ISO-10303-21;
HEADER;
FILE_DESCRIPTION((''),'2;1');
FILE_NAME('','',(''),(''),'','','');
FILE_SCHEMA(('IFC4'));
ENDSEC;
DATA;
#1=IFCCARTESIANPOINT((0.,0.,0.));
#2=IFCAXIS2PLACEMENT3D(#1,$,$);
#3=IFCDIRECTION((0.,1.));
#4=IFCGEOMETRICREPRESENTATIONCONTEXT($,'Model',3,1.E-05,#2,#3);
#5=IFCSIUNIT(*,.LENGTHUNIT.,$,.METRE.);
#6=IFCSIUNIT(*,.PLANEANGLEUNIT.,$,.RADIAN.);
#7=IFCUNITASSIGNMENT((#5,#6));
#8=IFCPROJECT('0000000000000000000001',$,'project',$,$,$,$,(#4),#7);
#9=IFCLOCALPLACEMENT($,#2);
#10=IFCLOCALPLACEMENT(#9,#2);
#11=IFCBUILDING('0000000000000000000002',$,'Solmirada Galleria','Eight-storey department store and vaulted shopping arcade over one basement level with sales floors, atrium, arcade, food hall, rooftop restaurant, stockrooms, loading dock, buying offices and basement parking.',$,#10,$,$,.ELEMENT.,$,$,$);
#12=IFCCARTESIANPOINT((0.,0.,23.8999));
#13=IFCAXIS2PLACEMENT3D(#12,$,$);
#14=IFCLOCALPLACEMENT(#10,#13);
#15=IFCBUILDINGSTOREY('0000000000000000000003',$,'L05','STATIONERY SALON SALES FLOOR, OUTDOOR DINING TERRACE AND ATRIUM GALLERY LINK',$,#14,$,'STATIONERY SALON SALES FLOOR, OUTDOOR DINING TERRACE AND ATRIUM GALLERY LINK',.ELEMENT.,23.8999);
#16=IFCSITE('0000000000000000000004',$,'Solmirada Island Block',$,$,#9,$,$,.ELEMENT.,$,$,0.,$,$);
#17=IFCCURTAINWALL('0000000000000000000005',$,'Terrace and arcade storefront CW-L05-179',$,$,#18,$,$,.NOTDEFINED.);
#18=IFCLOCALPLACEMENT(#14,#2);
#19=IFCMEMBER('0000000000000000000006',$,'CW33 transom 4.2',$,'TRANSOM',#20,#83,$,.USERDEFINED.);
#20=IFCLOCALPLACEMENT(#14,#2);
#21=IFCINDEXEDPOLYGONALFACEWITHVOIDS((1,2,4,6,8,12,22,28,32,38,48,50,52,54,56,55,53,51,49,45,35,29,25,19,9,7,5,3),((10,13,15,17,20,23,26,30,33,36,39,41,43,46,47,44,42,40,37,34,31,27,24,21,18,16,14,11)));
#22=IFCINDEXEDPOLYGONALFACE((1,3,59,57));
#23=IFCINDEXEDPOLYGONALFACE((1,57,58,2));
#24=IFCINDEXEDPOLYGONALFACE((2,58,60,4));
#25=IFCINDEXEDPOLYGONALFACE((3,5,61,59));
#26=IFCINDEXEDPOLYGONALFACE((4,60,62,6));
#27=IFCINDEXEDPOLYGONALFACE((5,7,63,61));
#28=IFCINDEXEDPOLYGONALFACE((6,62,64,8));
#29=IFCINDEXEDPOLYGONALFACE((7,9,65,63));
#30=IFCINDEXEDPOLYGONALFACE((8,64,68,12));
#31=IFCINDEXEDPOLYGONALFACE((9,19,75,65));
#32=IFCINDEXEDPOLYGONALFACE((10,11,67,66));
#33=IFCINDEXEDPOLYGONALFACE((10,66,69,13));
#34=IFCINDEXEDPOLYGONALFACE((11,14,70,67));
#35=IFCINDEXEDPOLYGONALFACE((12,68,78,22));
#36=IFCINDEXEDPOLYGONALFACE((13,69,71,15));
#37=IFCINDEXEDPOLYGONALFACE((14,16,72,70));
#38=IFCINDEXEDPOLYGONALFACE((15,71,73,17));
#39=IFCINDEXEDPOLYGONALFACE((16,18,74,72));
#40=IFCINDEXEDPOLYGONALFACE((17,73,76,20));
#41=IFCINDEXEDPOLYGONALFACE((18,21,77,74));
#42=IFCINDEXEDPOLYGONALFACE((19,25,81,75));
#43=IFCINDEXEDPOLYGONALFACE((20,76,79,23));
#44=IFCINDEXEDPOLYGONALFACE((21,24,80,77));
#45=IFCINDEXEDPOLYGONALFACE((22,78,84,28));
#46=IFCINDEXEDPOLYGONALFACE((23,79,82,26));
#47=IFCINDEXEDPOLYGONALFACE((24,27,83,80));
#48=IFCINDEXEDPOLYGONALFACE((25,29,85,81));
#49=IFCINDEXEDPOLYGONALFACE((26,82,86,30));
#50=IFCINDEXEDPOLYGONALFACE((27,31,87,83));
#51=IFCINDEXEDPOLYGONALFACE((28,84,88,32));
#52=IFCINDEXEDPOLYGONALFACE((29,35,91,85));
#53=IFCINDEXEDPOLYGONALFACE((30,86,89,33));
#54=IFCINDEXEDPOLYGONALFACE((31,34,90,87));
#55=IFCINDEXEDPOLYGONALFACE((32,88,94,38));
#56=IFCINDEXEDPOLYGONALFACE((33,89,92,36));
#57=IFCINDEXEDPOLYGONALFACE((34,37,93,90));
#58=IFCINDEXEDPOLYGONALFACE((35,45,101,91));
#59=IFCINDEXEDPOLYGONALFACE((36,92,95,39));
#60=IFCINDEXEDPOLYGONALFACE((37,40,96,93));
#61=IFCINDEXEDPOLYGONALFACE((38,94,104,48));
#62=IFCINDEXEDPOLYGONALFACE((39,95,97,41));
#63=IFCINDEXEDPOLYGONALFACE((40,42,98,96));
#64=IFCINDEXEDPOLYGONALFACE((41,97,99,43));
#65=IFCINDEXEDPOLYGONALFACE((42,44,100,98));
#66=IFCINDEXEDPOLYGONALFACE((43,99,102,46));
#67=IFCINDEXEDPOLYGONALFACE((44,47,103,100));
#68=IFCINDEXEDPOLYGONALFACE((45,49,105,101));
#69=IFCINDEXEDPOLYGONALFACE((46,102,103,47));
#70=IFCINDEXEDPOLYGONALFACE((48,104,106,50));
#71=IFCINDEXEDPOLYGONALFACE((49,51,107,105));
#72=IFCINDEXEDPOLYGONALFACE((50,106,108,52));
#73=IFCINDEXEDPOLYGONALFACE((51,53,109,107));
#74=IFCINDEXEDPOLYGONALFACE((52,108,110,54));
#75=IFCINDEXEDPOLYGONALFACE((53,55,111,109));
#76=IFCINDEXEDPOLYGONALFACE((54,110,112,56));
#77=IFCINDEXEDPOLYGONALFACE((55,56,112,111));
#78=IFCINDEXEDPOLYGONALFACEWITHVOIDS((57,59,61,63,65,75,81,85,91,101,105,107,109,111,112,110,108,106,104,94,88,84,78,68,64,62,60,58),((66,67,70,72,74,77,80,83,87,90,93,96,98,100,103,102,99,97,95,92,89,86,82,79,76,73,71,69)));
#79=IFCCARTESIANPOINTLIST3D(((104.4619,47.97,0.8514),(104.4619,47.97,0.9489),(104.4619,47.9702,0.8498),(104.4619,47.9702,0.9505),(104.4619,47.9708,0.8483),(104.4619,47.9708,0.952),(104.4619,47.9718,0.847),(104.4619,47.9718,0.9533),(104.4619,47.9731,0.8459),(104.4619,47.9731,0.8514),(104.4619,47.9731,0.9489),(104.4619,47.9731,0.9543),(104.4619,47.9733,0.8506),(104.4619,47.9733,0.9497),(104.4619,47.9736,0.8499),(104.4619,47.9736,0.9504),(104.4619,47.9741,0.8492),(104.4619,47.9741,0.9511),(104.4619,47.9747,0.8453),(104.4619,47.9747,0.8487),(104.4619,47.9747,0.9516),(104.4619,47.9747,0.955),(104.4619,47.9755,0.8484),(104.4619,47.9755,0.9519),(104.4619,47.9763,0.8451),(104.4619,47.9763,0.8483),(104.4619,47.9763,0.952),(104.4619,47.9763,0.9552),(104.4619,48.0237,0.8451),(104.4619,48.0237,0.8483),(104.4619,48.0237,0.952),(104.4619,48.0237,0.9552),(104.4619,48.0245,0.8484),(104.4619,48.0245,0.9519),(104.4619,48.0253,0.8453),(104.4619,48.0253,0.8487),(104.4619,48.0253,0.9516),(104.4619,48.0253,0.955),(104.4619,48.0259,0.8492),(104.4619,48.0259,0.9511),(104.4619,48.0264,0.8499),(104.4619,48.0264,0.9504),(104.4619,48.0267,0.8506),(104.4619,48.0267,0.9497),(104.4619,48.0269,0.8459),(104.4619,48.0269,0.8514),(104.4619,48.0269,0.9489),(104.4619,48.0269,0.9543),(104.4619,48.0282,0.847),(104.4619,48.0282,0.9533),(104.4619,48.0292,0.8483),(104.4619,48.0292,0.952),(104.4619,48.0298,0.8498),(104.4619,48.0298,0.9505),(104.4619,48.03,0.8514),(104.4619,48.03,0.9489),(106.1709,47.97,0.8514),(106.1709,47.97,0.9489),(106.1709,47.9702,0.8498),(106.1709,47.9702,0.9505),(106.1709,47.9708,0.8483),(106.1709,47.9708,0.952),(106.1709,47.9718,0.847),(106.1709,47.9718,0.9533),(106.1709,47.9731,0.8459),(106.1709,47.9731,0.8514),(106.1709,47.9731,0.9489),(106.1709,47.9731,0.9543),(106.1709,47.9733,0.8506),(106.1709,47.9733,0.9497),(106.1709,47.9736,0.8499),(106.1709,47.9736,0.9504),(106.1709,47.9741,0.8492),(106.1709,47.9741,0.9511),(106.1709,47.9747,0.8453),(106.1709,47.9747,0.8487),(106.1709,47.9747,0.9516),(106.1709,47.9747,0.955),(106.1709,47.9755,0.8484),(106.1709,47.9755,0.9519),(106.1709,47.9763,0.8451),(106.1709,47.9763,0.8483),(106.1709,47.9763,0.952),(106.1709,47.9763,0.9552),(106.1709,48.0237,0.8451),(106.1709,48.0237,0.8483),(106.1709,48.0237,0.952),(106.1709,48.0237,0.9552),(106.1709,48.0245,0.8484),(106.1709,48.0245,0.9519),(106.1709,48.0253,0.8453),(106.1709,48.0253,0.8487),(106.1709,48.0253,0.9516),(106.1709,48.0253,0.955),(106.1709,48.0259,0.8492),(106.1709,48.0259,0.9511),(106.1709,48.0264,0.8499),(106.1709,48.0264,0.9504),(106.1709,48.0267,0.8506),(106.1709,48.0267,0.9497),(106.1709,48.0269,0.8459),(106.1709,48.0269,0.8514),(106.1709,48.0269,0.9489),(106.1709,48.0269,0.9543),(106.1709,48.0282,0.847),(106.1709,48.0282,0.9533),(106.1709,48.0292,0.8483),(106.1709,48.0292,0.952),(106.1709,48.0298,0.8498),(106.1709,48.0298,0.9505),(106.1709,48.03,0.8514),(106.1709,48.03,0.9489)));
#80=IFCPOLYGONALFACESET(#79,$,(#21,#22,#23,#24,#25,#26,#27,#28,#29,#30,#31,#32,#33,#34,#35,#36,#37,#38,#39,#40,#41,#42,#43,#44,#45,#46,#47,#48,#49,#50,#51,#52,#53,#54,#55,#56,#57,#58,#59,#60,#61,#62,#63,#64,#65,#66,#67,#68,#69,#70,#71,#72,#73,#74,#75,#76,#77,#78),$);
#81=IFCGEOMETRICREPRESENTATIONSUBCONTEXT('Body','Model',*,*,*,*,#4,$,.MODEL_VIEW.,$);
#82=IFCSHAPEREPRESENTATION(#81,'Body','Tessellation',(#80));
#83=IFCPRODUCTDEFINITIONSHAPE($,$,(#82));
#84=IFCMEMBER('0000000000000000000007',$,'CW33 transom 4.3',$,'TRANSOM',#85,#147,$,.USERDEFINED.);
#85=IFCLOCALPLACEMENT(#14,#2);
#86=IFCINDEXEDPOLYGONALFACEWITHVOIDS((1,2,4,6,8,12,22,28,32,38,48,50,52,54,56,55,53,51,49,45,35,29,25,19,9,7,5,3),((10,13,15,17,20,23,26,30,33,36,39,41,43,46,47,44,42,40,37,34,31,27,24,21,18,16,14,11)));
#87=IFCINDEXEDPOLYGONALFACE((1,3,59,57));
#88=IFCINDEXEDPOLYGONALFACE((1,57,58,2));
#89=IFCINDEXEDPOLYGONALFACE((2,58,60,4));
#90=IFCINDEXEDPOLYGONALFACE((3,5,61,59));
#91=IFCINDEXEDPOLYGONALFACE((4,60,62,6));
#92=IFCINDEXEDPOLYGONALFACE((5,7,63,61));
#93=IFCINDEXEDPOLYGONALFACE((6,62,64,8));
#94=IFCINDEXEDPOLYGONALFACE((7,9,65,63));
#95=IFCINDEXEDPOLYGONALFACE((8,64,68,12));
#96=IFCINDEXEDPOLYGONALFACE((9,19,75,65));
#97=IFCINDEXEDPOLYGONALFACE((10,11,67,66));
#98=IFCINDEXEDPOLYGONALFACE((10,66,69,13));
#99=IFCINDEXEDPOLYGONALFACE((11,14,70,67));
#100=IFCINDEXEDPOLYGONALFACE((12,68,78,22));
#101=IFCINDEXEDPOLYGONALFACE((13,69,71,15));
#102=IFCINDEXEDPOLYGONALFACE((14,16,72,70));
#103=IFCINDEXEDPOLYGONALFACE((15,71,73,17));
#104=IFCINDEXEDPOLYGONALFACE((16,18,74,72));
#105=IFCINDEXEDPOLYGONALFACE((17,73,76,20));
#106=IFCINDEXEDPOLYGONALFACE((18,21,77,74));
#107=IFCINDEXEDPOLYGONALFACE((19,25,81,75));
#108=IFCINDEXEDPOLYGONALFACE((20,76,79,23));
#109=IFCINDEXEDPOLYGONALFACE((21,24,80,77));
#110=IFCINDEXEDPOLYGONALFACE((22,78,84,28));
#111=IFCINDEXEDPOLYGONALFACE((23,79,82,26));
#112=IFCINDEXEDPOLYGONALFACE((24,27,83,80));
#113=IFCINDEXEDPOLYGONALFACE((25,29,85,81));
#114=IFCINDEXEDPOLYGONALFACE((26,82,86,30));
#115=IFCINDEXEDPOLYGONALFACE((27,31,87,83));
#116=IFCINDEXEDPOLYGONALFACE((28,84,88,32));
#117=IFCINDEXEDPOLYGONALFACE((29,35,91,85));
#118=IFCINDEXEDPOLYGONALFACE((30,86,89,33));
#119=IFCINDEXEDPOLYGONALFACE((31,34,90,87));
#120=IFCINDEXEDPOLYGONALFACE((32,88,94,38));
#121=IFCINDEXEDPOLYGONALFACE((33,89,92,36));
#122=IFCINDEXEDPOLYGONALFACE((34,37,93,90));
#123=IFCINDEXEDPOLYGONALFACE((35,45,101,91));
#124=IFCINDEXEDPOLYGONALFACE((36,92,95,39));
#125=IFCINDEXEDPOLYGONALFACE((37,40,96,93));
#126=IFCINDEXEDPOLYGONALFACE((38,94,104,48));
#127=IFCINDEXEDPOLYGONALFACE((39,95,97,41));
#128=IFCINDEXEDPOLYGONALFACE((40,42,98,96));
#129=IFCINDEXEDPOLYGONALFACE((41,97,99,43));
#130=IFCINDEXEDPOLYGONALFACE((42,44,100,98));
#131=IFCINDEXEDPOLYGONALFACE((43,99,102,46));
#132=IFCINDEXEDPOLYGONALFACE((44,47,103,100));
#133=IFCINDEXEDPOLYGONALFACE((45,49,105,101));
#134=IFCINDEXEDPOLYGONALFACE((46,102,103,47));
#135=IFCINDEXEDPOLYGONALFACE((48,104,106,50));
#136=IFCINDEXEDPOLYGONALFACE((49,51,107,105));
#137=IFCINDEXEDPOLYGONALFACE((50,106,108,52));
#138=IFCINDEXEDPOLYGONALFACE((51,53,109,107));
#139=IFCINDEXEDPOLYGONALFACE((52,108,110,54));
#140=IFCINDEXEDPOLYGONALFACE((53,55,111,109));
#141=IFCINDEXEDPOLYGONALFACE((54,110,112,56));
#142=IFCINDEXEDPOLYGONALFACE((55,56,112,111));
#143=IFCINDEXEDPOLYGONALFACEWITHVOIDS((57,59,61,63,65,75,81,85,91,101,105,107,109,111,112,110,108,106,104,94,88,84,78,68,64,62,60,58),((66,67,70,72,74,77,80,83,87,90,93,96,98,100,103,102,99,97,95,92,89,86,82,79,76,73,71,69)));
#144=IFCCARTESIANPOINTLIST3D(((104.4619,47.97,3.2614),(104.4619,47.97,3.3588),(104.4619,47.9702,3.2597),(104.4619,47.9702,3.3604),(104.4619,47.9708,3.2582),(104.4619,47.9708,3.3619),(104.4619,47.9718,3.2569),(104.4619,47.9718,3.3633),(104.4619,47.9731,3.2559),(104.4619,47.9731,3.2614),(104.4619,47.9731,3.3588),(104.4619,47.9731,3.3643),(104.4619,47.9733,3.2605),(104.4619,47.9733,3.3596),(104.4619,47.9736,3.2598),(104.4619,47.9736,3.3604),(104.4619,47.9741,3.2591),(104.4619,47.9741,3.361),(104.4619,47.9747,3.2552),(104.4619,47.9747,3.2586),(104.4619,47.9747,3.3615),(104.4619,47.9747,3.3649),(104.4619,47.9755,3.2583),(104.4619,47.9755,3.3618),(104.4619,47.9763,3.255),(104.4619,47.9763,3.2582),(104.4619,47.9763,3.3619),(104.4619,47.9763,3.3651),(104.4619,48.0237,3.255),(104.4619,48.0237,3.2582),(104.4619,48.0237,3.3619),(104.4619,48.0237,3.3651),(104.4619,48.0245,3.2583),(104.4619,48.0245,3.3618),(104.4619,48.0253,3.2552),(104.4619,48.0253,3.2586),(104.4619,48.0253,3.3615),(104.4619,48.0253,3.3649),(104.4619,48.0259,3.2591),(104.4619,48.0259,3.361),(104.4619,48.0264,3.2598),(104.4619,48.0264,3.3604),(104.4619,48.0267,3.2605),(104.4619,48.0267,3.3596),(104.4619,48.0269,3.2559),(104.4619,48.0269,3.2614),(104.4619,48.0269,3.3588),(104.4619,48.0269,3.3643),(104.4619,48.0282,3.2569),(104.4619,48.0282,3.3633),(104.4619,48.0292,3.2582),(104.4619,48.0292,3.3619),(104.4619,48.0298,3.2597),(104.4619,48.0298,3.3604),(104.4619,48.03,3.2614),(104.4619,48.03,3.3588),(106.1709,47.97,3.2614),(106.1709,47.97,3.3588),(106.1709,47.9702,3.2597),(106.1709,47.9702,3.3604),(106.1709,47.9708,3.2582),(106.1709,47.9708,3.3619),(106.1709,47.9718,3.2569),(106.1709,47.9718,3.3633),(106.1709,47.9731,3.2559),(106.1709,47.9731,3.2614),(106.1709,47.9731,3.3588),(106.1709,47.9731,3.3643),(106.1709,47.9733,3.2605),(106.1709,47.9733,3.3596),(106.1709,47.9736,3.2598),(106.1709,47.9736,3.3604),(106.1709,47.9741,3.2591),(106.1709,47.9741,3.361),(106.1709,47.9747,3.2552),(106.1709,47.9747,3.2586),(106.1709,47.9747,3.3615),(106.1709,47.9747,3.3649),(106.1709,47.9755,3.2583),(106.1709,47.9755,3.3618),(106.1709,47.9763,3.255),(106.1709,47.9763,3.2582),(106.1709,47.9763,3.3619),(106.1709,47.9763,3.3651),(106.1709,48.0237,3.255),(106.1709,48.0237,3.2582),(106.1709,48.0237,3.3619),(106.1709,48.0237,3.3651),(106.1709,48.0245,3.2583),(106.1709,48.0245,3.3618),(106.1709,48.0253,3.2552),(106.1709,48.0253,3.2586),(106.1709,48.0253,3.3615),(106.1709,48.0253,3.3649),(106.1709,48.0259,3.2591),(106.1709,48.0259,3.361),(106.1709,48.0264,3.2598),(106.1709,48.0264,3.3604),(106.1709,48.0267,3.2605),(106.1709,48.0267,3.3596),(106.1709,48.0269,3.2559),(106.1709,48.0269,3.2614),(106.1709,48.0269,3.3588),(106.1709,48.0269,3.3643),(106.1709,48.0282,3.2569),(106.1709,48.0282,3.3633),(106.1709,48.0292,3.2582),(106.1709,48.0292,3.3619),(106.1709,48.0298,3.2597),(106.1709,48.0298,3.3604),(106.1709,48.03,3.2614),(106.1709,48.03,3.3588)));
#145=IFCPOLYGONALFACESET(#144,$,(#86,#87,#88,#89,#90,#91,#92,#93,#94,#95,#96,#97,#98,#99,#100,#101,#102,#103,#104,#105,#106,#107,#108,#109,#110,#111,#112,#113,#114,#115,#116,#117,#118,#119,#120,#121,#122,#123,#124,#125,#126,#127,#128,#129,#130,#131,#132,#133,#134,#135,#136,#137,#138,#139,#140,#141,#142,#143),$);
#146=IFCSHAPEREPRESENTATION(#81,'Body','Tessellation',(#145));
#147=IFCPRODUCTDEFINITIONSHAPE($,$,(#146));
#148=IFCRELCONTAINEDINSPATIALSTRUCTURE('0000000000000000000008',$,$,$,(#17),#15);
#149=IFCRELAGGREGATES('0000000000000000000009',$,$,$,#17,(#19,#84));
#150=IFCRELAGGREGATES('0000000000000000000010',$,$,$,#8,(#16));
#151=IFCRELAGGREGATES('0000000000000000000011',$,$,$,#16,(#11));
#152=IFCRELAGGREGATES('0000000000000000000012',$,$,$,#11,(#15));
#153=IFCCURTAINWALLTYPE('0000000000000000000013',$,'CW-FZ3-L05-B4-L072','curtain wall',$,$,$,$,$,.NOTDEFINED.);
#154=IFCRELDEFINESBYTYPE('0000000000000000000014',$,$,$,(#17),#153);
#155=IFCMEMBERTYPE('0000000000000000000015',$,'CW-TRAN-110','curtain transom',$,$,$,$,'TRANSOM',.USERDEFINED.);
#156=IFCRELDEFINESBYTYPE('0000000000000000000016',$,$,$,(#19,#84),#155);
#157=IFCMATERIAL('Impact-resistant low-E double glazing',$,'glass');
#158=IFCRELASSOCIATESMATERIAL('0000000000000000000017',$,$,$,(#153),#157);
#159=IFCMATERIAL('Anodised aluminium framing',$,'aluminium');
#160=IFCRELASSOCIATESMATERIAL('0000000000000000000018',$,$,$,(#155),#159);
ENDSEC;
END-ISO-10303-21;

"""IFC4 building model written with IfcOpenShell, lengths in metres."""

from ifc_helpers import new_model, si_unit, direction, frame, origin, origin_2d, place, context, subcontext, project, spatial, hollow_rectangle, extrude, material, material_profile, profile_set, type_object, element, aggregate, save


model = new_model("IFC4")

# Units and contexts
model_context = context("Model", 3, precision=1e-05, world=origin(), true_north=direction((0.0, 1.0)))
body_context = subcontext(model_context, "Body", "Model", "MODEL_VIEW")
ifc_project = project(units=[si_unit("LENGTHUNIT", "METRE"), si_unit("PLANEANGLEUNIT", "RADIAN")], contexts=[model_context])

# Site, building, storey
site_placement = place(None, origin())
site = spatial("IfcSite", under=ifc_project, at=site_placement, Name="Solmirada Island Block", CompositionType="ELEMENT", RefElevation=0.0)
building_placement = place(site_placement, origin())
building = spatial("IfcBuilding", under=site, at=building_placement, Name="Solmirada Galleria", Description="Eight-storey department store and vaulted shopping arcade over one basement level with sales floors, atrium, arcade, food hall, rooftop restaurant, stockrooms, loading dock, buying offices and basement parking.", CompositionType="ELEMENT")
storey_placement = place(building_placement, frame((0.0, 0.0, 23.8999)))
storey = spatial("IfcBuildingStorey", under=building, at=storey_placement, Name="L05", Description="STATIONERY SALON SALES FLOOR, OUTDOOR DINING TERRACE AND ATRIUM GALLERY LINK", LongName="STATIONERY SALON SALES FLOOR, OUTDOOR DINING TERRACE AND ATRIUM GALLERY LINK", CompositionType="ELEMENT", Elevation=23.8999)

# Curtain wall
ifc_material_1 = material(Name="Impact-resistant low-E double glazing", Category="glass")
curtain_wall_type = type_object("IfcCurtainWallType", Name="CW-FZ3-L05-B4-L072", Description="curtain wall", PredefinedType="NOTDEFINED", material=ifc_material_1)
curtain_wall_1_placement = place(storey_placement, origin())
curtain_wall_1 = element("IfcCurtainWall", 1, at=curtain_wall_1_placement, inside=storey, type_object=curtain_wall_type, Name="Terrace and arcade storefront CW-L05-179", PredefinedType="NOTDEFINED")
ifc_material_2 = material(Name="Anodised aluminium framing", Category="aluminium")

# Members
ifc_material_profile_1 = material_profile(ifc_material_2, hollow_rectangle(XDim=0.0601, YDim=0.1101, WallThickness=0.0032, InnerFilletRadius=0.0032, OuterFilletRadius=0.0063, at=origin_2d()), Name="ALU-TRAN-110X60")
ifc_profile_set_1 = profile_set([ifc_material_profile_1], Name="Anodised aluminium framing")
member_type_1 = type_object("IfcMemberType", Name="CW-TRAN-110", Description="curtain transom", ElementType="TRANSOM", PredefinedType="USERDEFINED", material=ifc_profile_set_1)
member_1_placement = place(storey_placement, frame((106.1709, 48.0, 0.9001), z_axis=(-1.0, 0.0, 0.0), x_axis=(0.0, -1.0, 0.0)))
member_1 = element("IfcMember", 2, at=member_1_placement, type_object=member_type_1, Name="CW33 transom 4.2", ObjectType="TRANSOM", PredefinedType="USERDEFINED", context=body_context, shape_type="SweptSolid", body=[
    extrude(hollow_rectangle(XDim=0.0601, YDim=0.1101, WallThickness=0.0032, InnerFilletRadius=0.0032, OuterFilletRadius=0.0063, at=origin_2d()), origin(), (0.0, 0.0, 1.0), 1.709),
])
member_2_placement = place(storey_placement, frame((106.1709, 48.0, 3.3101), z_axis=(-1.0, 0.0, 0.0), x_axis=(0.0, -1.0, 0.0)))
member_2 = element("IfcMember", 3, at=member_2_placement, type_object=member_type_1, Name="CW33 transom 4.3", ObjectType="TRANSOM", PredefinedType="USERDEFINED", context=body_context, shape_type="SweptSolid", body=[
    extrude(hollow_rectangle(XDim=0.0601, YDim=0.1101, WallThickness=0.0032, InnerFilletRadius=0.0032, OuterFilletRadius=0.0063, at=origin_2d()), origin(), (0.0, 0.0, 1.0), 1.709),
])

aggregate(curtain_wall_1, [member_1, member_2])

save(model, "model.ifc")
